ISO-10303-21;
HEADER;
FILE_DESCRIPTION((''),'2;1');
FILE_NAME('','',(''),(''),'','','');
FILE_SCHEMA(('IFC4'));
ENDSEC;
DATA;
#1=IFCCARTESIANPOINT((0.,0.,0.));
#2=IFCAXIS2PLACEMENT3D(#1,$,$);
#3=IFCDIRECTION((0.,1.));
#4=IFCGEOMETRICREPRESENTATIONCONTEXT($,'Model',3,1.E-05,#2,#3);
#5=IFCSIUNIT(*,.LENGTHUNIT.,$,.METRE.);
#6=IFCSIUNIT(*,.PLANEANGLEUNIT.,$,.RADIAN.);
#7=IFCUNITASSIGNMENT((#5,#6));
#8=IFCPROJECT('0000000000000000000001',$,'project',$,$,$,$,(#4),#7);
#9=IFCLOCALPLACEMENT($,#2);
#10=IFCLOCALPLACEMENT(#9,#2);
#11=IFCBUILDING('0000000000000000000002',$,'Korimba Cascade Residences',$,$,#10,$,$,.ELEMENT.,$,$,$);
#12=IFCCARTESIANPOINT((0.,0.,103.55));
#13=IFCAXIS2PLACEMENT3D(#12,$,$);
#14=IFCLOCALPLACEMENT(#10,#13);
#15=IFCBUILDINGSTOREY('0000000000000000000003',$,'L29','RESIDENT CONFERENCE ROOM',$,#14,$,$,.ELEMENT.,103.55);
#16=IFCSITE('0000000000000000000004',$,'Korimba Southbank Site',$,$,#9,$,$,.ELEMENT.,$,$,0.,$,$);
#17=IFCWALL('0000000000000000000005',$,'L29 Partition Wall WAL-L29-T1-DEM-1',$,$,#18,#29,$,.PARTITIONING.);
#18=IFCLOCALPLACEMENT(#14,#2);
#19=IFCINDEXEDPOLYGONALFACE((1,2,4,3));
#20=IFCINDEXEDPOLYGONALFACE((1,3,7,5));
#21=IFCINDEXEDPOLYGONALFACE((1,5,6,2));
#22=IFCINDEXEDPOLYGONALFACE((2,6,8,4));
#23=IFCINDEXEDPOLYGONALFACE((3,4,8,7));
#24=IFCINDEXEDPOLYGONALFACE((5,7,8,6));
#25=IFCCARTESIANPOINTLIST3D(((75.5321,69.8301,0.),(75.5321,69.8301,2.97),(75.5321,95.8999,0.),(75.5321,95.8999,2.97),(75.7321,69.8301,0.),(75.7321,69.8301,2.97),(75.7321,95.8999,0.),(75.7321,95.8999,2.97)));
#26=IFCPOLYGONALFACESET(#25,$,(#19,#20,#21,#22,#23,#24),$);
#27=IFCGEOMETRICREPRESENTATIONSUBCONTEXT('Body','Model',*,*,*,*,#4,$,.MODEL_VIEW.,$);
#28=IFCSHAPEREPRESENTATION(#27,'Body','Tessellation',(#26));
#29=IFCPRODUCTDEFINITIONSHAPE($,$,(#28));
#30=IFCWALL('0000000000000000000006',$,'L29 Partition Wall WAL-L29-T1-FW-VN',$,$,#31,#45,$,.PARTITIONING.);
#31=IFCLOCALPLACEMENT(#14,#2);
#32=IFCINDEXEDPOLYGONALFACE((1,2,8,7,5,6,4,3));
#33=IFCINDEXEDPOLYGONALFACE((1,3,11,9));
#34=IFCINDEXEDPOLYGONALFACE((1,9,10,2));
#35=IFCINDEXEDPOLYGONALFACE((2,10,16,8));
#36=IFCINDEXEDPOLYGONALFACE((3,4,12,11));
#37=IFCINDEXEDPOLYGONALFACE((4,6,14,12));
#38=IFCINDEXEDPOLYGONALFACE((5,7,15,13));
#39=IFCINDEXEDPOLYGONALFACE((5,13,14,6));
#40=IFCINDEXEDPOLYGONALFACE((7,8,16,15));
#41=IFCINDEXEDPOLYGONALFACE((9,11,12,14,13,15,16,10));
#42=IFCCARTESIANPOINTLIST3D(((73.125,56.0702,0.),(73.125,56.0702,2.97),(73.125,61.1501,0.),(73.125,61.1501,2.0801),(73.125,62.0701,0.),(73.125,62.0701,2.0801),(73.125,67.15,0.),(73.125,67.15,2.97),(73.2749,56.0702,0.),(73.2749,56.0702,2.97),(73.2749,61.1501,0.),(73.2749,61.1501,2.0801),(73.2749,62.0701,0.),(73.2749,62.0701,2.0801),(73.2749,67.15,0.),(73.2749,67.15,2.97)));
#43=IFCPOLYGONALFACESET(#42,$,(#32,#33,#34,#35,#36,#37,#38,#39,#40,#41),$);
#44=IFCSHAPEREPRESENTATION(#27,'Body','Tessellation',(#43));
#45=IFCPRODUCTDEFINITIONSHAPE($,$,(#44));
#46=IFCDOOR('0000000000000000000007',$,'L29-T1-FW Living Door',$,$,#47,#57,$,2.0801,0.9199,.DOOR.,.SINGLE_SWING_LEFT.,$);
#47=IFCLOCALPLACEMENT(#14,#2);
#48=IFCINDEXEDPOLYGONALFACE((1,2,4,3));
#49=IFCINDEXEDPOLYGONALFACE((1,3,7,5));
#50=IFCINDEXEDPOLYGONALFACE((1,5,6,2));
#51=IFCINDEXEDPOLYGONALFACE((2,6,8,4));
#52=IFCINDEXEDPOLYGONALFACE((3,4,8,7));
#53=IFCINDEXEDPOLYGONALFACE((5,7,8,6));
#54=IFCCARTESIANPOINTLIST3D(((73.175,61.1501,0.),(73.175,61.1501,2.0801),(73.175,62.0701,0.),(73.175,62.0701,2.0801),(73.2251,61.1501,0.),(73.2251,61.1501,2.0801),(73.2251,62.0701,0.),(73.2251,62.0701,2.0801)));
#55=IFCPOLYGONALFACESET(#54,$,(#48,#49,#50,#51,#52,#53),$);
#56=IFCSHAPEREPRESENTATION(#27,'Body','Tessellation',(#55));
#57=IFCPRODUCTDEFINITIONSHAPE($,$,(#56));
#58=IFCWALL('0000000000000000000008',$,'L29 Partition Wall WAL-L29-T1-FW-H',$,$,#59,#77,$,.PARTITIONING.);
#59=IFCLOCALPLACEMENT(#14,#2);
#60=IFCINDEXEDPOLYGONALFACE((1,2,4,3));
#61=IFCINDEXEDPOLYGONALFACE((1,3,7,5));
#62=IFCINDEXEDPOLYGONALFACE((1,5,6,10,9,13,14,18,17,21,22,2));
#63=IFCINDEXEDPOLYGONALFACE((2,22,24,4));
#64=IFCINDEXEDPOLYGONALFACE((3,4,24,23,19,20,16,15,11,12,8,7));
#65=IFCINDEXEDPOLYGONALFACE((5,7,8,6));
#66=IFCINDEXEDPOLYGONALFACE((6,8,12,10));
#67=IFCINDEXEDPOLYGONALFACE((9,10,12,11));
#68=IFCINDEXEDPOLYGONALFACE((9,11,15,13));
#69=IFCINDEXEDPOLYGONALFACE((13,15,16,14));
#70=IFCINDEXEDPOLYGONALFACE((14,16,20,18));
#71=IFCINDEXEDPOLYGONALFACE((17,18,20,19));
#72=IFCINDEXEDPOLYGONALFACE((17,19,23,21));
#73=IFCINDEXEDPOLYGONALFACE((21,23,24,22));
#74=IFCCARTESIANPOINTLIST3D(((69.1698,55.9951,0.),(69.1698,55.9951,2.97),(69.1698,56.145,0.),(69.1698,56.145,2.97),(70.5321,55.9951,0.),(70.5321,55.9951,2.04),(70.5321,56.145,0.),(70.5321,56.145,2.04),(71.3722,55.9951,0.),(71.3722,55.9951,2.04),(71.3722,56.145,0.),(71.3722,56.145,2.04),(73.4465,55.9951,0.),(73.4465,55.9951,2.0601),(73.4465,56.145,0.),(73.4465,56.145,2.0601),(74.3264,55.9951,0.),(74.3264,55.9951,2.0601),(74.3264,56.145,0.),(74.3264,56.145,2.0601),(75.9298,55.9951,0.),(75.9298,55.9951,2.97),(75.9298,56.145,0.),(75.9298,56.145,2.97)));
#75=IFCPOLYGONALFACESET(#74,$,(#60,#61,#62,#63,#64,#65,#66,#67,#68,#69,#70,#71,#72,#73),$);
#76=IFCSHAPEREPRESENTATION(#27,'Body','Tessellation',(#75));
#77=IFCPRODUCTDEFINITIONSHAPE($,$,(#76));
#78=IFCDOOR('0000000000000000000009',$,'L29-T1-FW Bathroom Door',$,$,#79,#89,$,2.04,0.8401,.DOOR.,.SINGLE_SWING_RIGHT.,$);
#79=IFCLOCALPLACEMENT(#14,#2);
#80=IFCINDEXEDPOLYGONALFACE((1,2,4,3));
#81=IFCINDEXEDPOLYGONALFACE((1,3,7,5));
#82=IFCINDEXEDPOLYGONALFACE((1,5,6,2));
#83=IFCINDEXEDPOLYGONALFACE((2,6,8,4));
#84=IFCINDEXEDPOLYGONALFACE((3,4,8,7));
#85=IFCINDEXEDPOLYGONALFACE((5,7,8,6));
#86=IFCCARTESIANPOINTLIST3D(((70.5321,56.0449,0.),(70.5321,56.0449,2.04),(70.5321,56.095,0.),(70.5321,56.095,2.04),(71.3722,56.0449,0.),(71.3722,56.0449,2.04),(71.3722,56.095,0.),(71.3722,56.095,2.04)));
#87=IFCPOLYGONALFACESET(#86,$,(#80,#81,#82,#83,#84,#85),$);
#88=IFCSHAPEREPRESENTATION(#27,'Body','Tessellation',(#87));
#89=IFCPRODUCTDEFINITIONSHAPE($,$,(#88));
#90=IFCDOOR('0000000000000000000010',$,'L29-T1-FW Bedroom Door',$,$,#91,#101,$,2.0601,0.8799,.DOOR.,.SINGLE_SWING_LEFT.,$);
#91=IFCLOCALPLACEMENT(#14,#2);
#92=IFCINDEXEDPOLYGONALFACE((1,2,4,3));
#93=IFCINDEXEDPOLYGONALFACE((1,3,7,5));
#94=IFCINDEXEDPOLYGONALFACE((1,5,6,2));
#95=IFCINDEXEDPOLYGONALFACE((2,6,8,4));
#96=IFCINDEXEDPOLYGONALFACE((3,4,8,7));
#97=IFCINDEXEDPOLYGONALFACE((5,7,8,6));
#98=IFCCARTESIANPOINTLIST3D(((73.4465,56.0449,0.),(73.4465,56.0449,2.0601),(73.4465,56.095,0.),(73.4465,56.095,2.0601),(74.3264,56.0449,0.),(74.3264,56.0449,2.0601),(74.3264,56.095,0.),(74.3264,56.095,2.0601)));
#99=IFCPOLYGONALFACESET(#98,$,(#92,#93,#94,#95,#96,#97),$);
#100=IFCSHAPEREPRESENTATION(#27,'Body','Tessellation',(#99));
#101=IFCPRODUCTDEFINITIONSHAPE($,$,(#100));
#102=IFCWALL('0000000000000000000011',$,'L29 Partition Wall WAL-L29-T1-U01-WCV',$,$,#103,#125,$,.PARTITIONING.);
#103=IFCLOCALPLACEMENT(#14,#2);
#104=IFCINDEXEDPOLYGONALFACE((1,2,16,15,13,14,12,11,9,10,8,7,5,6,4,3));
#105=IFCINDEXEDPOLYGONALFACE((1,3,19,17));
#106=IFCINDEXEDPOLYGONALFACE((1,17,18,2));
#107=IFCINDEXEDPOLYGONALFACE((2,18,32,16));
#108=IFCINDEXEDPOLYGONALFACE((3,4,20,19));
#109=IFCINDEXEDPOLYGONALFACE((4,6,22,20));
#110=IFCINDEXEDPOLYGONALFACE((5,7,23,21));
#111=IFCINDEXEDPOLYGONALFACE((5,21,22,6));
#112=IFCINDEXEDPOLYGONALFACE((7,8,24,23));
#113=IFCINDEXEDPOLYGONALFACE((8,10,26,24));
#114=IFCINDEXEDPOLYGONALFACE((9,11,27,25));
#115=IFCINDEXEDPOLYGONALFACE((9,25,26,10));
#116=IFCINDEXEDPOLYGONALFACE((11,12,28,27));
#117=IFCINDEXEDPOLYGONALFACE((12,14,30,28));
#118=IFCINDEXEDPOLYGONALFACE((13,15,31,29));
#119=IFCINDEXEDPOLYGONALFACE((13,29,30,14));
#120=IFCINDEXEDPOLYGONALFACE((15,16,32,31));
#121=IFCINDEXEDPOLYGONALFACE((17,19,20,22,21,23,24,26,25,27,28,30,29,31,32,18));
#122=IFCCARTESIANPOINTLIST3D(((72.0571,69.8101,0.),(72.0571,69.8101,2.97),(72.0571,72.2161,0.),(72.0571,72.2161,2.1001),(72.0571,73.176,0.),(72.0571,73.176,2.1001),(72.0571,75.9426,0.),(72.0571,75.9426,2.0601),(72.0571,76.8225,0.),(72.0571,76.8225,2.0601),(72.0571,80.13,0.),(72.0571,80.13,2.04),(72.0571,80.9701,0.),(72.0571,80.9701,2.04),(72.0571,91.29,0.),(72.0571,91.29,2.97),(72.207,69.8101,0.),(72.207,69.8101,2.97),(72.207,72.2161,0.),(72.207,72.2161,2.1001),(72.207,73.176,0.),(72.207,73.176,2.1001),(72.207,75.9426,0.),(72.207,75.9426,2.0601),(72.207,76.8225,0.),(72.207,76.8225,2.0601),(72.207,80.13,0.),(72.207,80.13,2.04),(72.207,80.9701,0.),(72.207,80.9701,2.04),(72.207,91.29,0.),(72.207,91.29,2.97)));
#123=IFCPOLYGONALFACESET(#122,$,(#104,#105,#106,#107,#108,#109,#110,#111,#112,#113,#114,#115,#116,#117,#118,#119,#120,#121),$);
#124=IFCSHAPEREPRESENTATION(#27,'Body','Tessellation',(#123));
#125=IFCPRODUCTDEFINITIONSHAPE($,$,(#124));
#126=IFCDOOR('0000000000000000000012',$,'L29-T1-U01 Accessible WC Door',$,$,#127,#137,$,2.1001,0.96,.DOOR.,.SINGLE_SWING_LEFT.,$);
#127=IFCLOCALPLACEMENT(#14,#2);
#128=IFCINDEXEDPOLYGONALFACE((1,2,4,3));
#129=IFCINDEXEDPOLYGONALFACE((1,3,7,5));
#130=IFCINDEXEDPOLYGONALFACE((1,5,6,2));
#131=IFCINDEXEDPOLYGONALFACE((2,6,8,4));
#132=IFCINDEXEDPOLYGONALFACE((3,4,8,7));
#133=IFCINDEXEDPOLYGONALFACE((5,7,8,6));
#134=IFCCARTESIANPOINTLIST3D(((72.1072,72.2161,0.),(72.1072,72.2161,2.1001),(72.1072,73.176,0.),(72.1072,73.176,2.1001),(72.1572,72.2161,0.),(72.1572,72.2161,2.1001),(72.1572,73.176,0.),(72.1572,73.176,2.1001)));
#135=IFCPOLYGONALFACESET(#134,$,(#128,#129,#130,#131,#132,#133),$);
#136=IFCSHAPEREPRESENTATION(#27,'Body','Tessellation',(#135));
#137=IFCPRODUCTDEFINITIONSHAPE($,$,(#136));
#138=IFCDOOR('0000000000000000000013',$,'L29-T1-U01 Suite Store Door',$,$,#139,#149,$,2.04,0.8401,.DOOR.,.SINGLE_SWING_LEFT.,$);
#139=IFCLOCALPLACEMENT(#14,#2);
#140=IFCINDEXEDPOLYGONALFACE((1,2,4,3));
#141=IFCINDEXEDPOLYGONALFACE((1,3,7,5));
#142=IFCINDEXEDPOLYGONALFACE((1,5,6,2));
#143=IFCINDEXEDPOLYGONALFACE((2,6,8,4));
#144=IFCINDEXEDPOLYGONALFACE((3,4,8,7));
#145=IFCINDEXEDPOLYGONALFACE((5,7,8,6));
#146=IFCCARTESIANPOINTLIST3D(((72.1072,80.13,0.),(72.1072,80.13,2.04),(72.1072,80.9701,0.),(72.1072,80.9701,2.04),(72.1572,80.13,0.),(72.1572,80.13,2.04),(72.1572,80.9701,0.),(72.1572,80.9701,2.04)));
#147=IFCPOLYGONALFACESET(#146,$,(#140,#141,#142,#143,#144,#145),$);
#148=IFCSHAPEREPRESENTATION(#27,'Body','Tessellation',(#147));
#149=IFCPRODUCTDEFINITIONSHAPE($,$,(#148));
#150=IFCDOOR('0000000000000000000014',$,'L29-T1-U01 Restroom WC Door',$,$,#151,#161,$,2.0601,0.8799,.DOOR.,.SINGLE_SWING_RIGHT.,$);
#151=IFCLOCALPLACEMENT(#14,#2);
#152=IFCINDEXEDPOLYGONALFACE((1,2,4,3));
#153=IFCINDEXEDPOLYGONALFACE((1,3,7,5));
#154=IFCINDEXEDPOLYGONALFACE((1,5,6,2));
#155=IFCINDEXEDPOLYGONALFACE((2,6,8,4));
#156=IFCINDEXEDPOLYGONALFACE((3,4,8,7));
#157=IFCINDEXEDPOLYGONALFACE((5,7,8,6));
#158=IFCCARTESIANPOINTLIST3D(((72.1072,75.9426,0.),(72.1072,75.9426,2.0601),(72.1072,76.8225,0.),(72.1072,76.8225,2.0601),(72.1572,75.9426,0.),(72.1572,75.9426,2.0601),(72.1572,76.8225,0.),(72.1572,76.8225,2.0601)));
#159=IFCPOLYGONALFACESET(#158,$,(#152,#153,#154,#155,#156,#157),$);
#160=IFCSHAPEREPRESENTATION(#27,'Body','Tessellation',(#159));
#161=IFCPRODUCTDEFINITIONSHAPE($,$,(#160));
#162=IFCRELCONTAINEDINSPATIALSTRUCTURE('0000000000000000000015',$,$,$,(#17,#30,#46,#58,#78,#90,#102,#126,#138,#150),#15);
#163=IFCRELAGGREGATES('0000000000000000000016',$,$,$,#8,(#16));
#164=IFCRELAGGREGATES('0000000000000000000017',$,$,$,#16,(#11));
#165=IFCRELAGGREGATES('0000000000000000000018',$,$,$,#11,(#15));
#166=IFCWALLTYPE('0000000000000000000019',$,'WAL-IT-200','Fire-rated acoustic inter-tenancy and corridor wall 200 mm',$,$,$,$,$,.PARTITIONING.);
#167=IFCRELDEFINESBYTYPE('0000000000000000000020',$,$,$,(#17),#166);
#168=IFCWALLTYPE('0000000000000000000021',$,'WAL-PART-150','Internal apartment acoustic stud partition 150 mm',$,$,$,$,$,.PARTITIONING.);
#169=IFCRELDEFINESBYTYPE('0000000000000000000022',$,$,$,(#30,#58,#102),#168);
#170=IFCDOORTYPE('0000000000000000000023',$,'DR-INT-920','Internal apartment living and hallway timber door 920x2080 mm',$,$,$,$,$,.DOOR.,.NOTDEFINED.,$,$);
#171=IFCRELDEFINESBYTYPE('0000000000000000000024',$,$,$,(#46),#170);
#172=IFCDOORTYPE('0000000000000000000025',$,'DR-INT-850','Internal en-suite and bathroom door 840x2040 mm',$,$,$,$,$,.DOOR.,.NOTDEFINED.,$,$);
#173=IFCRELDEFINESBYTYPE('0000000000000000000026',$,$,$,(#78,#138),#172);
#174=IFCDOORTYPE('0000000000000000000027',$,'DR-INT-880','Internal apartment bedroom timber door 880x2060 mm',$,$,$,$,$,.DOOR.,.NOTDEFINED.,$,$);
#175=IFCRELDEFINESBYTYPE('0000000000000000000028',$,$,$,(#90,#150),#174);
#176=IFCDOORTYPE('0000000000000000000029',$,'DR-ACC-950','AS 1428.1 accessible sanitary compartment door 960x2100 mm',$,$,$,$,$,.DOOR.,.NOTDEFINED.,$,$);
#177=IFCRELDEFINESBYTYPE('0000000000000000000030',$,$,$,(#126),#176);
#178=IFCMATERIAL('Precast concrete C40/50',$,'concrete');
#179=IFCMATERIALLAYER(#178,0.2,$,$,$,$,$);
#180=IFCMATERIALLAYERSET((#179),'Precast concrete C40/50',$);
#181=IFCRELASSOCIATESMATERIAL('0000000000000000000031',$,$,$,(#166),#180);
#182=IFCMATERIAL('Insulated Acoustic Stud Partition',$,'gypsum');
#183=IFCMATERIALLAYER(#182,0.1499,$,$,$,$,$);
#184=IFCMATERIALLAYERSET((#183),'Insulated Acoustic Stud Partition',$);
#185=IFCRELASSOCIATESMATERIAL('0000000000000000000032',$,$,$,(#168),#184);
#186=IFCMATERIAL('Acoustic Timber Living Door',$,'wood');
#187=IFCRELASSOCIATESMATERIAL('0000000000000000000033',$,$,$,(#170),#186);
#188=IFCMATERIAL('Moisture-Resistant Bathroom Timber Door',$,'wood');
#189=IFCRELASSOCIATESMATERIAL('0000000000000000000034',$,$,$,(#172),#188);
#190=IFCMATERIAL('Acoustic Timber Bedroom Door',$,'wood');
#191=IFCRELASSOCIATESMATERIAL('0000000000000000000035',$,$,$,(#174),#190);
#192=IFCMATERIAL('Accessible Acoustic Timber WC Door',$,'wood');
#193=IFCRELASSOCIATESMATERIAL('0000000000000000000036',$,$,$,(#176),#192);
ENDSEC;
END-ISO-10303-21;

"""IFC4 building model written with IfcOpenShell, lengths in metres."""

from ifc_helpers import new_model, si_unit, direction, frame, frame_2d, origin, place, context, subcontext, project, spatial, rectangle, extrude, material, layer, layer_set, type_object, element, fill, save


model = new_model("IFC4")

# Units and contexts
model_context = context("Model", 3, precision=1e-05, world=origin(), true_north=direction((0.0, 1.0)))
body_context = subcontext(model_context, "Body", "Model", "MODEL_VIEW")
ifc_project = project(units=[si_unit("LENGTHUNIT", "METRE"), si_unit("PLANEANGLEUNIT", "RADIAN")], contexts=[model_context])

# Site, building, storey
site_placement = place(None, origin())
site = spatial("IfcSite", under=ifc_project, at=site_placement, Name="Korimba Southbank Site", CompositionType="ELEMENT", RefElevation=0.0)
building_placement = place(site_placement, origin())
building = spatial("IfcBuilding", under=site, at=building_placement, Name="Korimba Cascade Residences", CompositionType="ELEMENT")
storey_placement = place(building_placement, frame((0.0, 0.0, 103.55)))
storey = spatial("IfcBuildingStorey", under=building, at=storey_placement, Name="L29", Description="RESIDENT CONFERENCE ROOM", CompositionType="ELEMENT", Elevation=103.55)

# Wall
ifc_material_1 = material(Name="Precast concrete C40/50", Category="concrete")
ifc_layer_1 = layer(ifc_material_1, 0.2)
ifc_layer_set_1 = layer_set([ifc_layer_1], Name="Precast concrete C40/50")
wall_type_1 = type_object("IfcWallType", Name="WAL-IT-200", Description="Fire-rated acoustic inter-tenancy and corridor wall 200 mm", PredefinedType="PARTITIONING", material=ifc_layer_set_1)
wall_1_placement = place(storey_placement, frame((75.6321, 69.8301, 0.0), z_axis=(0.0, 0.0, 1.0), x_axis=(0.0, 1.0, 0.0)))
element("IfcWall", 1, at=wall_1_placement, inside=storey, type_object=wall_type_1, Name="L29 Partition Wall WAL-L29-T1-DEM-1", PredefinedType="PARTITIONING", context=body_context, shape_type="SweptSolid", body=[
    extrude(rectangle(XDim=26.0698, YDim=0.2, at=frame_2d((13.0349, 0.0))), origin(), (0.0, 0.0, 1.0), 2.97),
])

# Wall, opening, door
ifc_material_2 = material(Name="Insulated Acoustic Stud Partition", Category="gypsum")
ifc_layer_2 = layer(ifc_material_2, 0.1499)
ifc_layer_set_2 = layer_set([ifc_layer_2], Name="Insulated Acoustic Stud Partition")
wall_type_2 = type_object("IfcWallType", Name="WAL-PART-150", Description="Internal apartment acoustic stud partition 150 mm", PredefinedType="PARTITIONING", material=ifc_layer_set_2)
wall_2_placement = place(storey_placement, frame((73.2, 56.0701, 0.0), z_axis=(0.0, 0.0, 1.0), x_axis=(0.0, 1.0, 0.0)))
wall_2 = element("IfcWall", 2, at=wall_2_placement, inside=storey, type_object=wall_type_2, Name="L29 Partition Wall WAL-L29-T1-FW-VN", PredefinedType="PARTITIONING", context=body_context, shape_type="SweptSolid", body=[
    extrude(rectangle(XDim=11.0798, YDim=0.1499, at=frame_2d((5.54, 0.0))), origin(), (0.0, 0.0, 1.0), 2.97),
])
opening_1_placement = place(wall_2_placement, frame((5.0801, 0.0, 0.0)))
opening_1 = element("IfcOpeningElement", 3, at=opening_1_placement, cuts=wall_2, PredefinedType="OPENING", context=body_context, shape_type="SweptSolid", body=[
    extrude(rectangle(XDim=0.9199, YDim=2.0801, at=frame_2d((0.46, 1.04))), frame((0.0, 0.085, 0.0), z_axis=(0.0, -1.0, 0.0), x_axis=(1.0, 0.0, 0.0)), (0.0, 0.0, 1.0), 0.1699),
])
ifc_material_3 = material(Name="Acoustic Timber Living Door", Category="wood")
door_type_1 = type_object("IfcDoorType", Name="DR-INT-920", Description="Internal apartment living and hallway timber door 920x2080 mm", OperationType="NOTDEFINED", PredefinedType="DOOR", material=ifc_material_3)
door_1_placement = place(opening_1_placement, origin())
door_1 = element("IfcDoor", 4, at=door_1_placement, inside=storey, type_object=door_type_1, Name="L29-T1-FW Living Door", OperationType="SINGLE_SWING_LEFT", OverallHeight=2.0801, OverallWidth=0.9199, PredefinedType="DOOR", context=body_context, shape_type="SweptSolid", body=[
    extrude(rectangle(XDim=0.9199, YDim=2.0801, at=frame_2d((0.46, 1.04))), frame((0.0, 0.0249, 0.0), z_axis=(0.0, -1.0, 0.0), x_axis=(1.0, 0.0, 0.0)), (0.0, 0.0, 1.0), 0.05),
])
fill(opening_1, door_1)

# Walls, openings, doors
wall_3_placement = place(storey_placement, frame((69.1699, 56.0701, 0.0), z_axis=(0.0, 0.0, 1.0), x_axis=(1.0, 0.0, 0.0)))
wall_3 = element("IfcWall", 5, at=wall_3_placement, inside=storey, type_object=wall_type_2, Name="L29 Partition Wall WAL-L29-T1-FW-H", PredefinedType="PARTITIONING", context=body_context, shape_type="SweptSolid", body=[
    extrude(rectangle(XDim=6.76, YDim=0.1499, at=frame_2d((3.3799, 0.0))), origin(), (0.0, 0.0, 1.0), 2.97),
])
opening_2_placement = place(wall_3_placement, frame((1.3623, 0.0, 0.0)))
opening_2 = element("IfcOpeningElement", 6, at=opening_2_placement, cuts=wall_3, PredefinedType="OPENING", context=body_context, shape_type="SweptSolid", body=[
    extrude(rectangle(XDim=0.8401, YDim=2.04, at=frame_2d((0.4199, 1.02))), frame((0.0, 0.085, 0.0), z_axis=(0.0, -1.0, 0.0), x_axis=(1.0, 0.0, 0.0)), (0.0, 0.0, 1.0), 0.1699),
])
opening_3_placement = place(wall_3_placement, frame((4.2766, 0.0, 0.0)))
opening_3 = element("IfcOpeningElement", 7, at=opening_3_placement, cuts=wall_3, PredefinedType="OPENING", context=body_context, shape_type="SweptSolid", body=[
    extrude(rectangle(XDim=0.8799, YDim=2.0601, at=frame_2d((0.4399, 1.03))), frame((0.0, 0.085, 0.0), z_axis=(0.0, -1.0, 0.0), x_axis=(1.0, 0.0, 0.0)), (0.0, 0.0, 1.0), 0.1699),
])
ifc_material_4 = material(Name="Moisture-Resistant Bathroom Timber Door", Category="wood")
door_type_2 = type_object("IfcDoorType", Name="DR-INT-850", Description="Internal en-suite and bathroom door 840x2040 mm", OperationType="NOTDEFINED", PredefinedType="DOOR", material=ifc_material_4)
door_2_placement = place(opening_2_placement, origin())
door_2 = element("IfcDoor", 8, at=door_2_placement, inside=storey, type_object=door_type_2, Name="L29-T1-FW Bathroom Door", OperationType="SINGLE_SWING_RIGHT", OverallHeight=2.04, OverallWidth=0.8401, PredefinedType="DOOR", context=body_context, shape_type="SweptSolid", body=[
    extrude(rectangle(XDim=0.8401, YDim=2.04, at=frame_2d((0.4199, 1.02))), frame((0.0, 0.0249, 0.0), z_axis=(0.0, -1.0, 0.0), x_axis=(1.0, 0.0, 0.0)), (0.0, 0.0, 1.0), 0.05),
])
fill(opening_2, door_2)
ifc_material_5 = material(Name="Acoustic Timber Bedroom Door", Category="wood")
door_type_3 = type_object("IfcDoorType", Name="DR-INT-880", Description="Internal apartment bedroom timber door 880x2060 mm", OperationType="NOTDEFINED", PredefinedType="DOOR", material=ifc_material_5)
door_3_placement = place(opening_3_placement, origin())
door_3 = element("IfcDoor", 9, at=door_3_placement, inside=storey, type_object=door_type_3, Name="L29-T1-FW Bedroom Door", OperationType="SINGLE_SWING_LEFT", OverallHeight=2.0601, OverallWidth=0.8799, PredefinedType="DOOR", context=body_context, shape_type="SweptSolid", body=[
    extrude(rectangle(XDim=0.8799, YDim=2.0601, at=frame_2d((0.4399, 1.03))), frame((0.0, 0.0249, 0.0), z_axis=(0.0, -1.0, 0.0), x_axis=(1.0, 0.0, 0.0)), (0.0, 0.0, 1.0), 0.05),
])
fill(opening_3, door_3)
wall_4_placement = place(storey_placement, frame((72.1321, 69.8101, 0.0), z_axis=(0.0, 0.0, 1.0), x_axis=(0.0, 1.0, 0.0)))
wall_4 = element("IfcWall", 10, at=wall_4_placement, inside=storey, type_object=wall_type_2, Name="L29 Partition Wall WAL-L29-T1-U01-WCV", PredefinedType="PARTITIONING", context=body_context, shape_type="SweptSolid", body=[
    extrude(rectangle(XDim=21.48, YDim=0.1499, at=frame_2d((10.74, 0.0))), origin(), (0.0, 0.0, 1.0), 2.97),
])
opening_4_placement = place(wall_4_placement, frame((2.406, 0.0, 0.0)))
opening_4 = element("IfcOpeningElement", 11, at=opening_4_placement, cuts=wall_4, PredefinedType="OPENING", context=body_context, shape_type="SweptSolid", body=[
    extrude(rectangle(XDim=0.96, YDim=2.1001, at=frame_2d((0.48, 1.05))), frame((0.0, 0.085, 0.0), z_axis=(0.0, -1.0, 0.0), x_axis=(1.0, 0.0, 0.0)), (0.0, 0.0, 1.0), 0.1699),
])
opening_5_placement = place(wall_4_placement, frame((6.1326, 0.0, 0.0)))
opening_5 = element("IfcOpeningElement", 12, at=opening_5_placement, cuts=wall_4, PredefinedType="OPENING", context=body_context, shape_type="SweptSolid", body=[
    extrude(rectangle(XDim=0.8799, YDim=2.0601, at=frame_2d((0.4399, 1.03))), frame((0.0, 0.085, 0.0), z_axis=(0.0, -1.0, 0.0), x_axis=(1.0, 0.0, 0.0)), (0.0, 0.0, 1.0), 0.1699),
])
opening_6_placement = place(wall_4_placement, frame((10.3201, 0.0, 0.0)))
opening_6 = element("IfcOpeningElement", 13, at=opening_6_placement, cuts=wall_4, PredefinedType="OPENING", context=body_context, shape_type="SweptSolid", body=[
    extrude(rectangle(XDim=0.8401, YDim=2.04, at=frame_2d((0.4199, 1.02))), frame((0.0, 0.085, 0.0), z_axis=(0.0, -1.0, 0.0), x_axis=(1.0, 0.0, 0.0)), (0.0, 0.0, 1.0), 0.1699),
])
ifc_material_6 = material(Name="Accessible Acoustic Timber WC Door", Category="wood")
door_type_4 = type_object("IfcDoorType", Name="DR-ACC-950", Description="AS 1428.1 accessible sanitary compartment door 960x2100 mm", OperationType="NOTDEFINED", PredefinedType="DOOR", material=ifc_material_6)
door_4_placement = place(opening_4_placement, origin())
door_4 = element("IfcDoor", 14, at=door_4_placement, inside=storey, type_object=door_type_4, Name="L29-T1-U01 Accessible WC Door", OperationType="SINGLE_SWING_LEFT", OverallHeight=2.1001, OverallWidth=0.96, PredefinedType="DOOR", context=body_context, shape_type="SweptSolid", body=[
    extrude(rectangle(XDim=0.96, YDim=2.1001, at=frame_2d((0.48, 1.05))), frame((0.0, 0.0249, 0.0), z_axis=(0.0, -1.0, 0.0), x_axis=(1.0, 0.0, 0.0)), (0.0, 0.0, 1.0), 0.05),
])
fill(opening_4, door_4)
door_5_placement = place(opening_6_placement, origin())
door_5 = element("IfcDoor", 15, at=door_5_placement, inside=storey, type_object=door_type_2, Name="L29-T1-U01 Suite Store Door", OperationType="SINGLE_SWING_LEFT", OverallHeight=2.04, OverallWidth=0.8401, PredefinedType="DOOR", context=body_context, shape_type="SweptSolid", body=[
    extrude(rectangle(XDim=0.8401, YDim=2.04, at=frame_2d((0.4199, 1.02))), frame((0.0, 0.0249, 0.0), z_axis=(0.0, -1.0, 0.0), x_axis=(1.0, 0.0, 0.0)), (0.0, 0.0, 1.0), 0.05),
])
fill(opening_6, door_5)
door_6_placement = place(opening_5_placement, origin())
door_6 = element("IfcDoor", 16, at=door_6_placement, inside=storey, type_object=door_type_3, Name="L29-T1-U01 Restroom WC Door", OperationType="SINGLE_SWING_RIGHT", OverallHeight=2.0601, OverallWidth=0.8799, PredefinedType="DOOR", context=body_context, shape_type="SweptSolid", body=[
    extrude(rectangle(XDim=0.8799, YDim=2.0601, at=frame_2d((0.4399, 1.03))), frame((0.0, 0.0249, 0.0), z_axis=(0.0, -1.0, 0.0), x_axis=(1.0, 0.0, 0.0)), (0.0, 0.0, 1.0), 0.05),
])
fill(opening_5, door_6)

save(model, "model.ifc")
